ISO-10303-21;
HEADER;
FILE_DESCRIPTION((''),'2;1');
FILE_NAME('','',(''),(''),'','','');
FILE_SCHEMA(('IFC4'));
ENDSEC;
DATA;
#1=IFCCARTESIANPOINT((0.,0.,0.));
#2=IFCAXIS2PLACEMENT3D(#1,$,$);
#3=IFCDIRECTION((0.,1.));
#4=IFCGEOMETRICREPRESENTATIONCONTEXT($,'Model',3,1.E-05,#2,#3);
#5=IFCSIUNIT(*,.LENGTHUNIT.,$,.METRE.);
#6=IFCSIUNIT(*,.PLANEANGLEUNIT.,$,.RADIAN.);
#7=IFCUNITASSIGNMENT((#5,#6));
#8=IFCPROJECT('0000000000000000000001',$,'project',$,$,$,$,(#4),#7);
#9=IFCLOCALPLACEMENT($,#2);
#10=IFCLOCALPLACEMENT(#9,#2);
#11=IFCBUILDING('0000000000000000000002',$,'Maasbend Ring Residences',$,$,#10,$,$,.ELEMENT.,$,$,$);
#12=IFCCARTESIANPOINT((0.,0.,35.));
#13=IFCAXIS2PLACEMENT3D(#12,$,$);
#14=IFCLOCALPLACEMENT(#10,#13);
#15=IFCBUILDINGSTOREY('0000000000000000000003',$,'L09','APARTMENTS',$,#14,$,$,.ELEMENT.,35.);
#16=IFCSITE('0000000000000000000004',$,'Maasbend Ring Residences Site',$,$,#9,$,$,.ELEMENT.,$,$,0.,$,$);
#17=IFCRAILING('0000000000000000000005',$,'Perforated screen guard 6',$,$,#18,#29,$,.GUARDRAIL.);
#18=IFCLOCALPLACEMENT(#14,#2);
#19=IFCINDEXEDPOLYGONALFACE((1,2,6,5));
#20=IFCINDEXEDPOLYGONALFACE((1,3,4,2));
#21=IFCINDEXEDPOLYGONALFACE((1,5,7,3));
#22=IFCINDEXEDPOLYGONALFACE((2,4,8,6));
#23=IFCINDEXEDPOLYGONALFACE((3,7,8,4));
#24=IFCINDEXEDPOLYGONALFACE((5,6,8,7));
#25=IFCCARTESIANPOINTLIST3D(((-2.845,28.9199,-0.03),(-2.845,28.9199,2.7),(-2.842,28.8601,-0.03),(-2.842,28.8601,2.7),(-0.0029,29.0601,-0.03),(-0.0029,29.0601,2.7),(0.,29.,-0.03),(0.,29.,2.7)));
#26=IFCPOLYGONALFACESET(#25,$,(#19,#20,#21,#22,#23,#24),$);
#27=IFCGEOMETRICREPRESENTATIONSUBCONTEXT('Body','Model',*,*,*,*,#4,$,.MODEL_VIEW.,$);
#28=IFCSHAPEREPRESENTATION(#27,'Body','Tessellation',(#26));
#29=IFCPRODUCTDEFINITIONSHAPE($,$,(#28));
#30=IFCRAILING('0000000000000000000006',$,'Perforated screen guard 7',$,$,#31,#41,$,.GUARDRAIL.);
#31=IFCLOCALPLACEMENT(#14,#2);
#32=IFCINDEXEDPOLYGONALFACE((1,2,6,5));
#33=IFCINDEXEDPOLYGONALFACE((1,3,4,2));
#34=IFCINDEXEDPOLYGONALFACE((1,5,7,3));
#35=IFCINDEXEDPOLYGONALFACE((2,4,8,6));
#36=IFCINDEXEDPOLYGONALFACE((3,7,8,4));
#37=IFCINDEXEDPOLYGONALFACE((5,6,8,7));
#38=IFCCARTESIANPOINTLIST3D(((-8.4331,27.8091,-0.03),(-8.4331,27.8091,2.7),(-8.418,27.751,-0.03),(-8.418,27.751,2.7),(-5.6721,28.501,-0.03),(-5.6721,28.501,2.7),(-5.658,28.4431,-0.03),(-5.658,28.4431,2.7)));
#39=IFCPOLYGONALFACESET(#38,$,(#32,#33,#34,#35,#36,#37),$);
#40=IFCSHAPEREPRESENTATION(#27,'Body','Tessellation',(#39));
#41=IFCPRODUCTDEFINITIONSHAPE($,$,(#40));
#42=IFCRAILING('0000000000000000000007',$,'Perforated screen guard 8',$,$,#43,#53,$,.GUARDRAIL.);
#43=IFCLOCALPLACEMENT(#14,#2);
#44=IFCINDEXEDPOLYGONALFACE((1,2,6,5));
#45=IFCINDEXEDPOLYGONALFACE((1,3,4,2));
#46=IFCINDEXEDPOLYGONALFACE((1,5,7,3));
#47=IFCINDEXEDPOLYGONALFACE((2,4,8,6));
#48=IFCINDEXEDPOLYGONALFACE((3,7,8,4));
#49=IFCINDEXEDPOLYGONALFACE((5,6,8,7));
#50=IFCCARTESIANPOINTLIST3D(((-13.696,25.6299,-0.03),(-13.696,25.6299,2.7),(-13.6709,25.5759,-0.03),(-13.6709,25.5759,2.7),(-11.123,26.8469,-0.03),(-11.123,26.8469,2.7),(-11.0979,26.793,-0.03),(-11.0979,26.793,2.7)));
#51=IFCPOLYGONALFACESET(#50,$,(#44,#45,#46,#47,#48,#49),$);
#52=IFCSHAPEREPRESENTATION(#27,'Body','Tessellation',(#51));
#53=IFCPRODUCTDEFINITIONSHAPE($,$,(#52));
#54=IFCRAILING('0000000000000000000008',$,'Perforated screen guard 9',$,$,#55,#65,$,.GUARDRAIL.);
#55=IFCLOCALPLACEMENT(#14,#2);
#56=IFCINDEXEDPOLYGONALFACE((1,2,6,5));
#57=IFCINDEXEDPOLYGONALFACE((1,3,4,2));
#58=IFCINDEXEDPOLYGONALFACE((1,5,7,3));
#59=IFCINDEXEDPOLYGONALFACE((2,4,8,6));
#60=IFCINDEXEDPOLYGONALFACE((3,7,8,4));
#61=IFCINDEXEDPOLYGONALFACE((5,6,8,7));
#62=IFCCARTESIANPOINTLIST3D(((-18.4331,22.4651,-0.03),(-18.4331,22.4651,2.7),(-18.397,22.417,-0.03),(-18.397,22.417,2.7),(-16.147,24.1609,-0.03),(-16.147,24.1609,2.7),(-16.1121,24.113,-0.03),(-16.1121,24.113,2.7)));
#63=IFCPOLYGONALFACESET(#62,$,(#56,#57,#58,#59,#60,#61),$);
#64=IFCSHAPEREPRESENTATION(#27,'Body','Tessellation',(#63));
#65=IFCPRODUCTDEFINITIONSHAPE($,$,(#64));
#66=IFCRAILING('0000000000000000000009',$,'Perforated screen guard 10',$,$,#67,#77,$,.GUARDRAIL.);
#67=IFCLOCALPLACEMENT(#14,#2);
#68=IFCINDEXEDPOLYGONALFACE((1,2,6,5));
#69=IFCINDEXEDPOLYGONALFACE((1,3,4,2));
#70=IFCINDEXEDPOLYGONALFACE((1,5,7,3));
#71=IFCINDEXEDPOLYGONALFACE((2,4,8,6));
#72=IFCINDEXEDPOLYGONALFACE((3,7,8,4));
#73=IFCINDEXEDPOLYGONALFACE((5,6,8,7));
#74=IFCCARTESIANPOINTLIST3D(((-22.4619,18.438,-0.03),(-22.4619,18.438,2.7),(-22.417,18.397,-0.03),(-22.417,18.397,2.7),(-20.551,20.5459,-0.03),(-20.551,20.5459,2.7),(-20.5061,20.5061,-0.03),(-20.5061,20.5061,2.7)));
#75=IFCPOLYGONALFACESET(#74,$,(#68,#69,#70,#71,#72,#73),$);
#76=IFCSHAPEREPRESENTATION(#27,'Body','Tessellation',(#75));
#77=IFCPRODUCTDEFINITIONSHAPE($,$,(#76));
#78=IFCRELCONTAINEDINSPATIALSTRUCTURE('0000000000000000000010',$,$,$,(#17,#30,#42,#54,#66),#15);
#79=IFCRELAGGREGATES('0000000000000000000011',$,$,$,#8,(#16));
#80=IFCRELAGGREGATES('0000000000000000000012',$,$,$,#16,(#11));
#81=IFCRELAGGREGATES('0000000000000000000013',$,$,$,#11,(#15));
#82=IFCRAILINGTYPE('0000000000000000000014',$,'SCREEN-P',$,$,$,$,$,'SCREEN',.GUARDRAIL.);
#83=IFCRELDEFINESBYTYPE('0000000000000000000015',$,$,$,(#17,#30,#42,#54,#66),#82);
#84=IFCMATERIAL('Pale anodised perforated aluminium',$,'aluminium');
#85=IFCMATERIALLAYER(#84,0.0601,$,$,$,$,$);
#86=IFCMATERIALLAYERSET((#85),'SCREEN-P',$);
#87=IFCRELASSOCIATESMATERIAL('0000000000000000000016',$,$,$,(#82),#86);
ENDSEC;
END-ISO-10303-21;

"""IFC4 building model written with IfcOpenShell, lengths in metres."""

from ifc_helpers import new_model, si_unit, direction, frame, origin, place, context, subcontext, project, spatial, polyline, outline, extrude, material, layer, layer_set, type_object, element, save


model = new_model("IFC4")

# Units and contexts
model_context = context("Model", 3, precision=1e-05, world=origin(), true_north=direction((0.0, 1.0)))
body_context = subcontext(model_context, "Body", "Model", "MODEL_VIEW")
ifc_project = project(units=[si_unit("LENGTHUNIT", "METRE"), si_unit("PLANEANGLEUNIT", "RADIAN")], contexts=[model_context])

# Site, building, storey
site_placement = place(None, origin())
site = spatial("IfcSite", under=ifc_project, at=site_placement, Name="Maasbend Ring Residences Site", CompositionType="ELEMENT", RefElevation=0.0)
building_placement = place(site_placement, origin())
building = spatial("IfcBuilding", under=site, at=building_placement, Name="Maasbend Ring Residences", CompositionType="ELEMENT")
storey_placement = place(building_placement, frame((0.0, 0.0, 35.0)))
storey = spatial("IfcBuildingStorey", under=building, at=storey_placement, Name="L09", Description="APARTMENTS", CompositionType="ELEMENT", Elevation=35.0)

# Railings
ifc_material_1 = material(Name="Pale anodised perforated aluminium", Category="aluminium")
ifc_layer_1 = layer(ifc_material_1, 0.0601)
ifc_layer_set_1 = layer_set([ifc_layer_1], Name="SCREEN-P")
railing_type = type_object("IfcRailingType", Name="SCREEN-P", ElementType="SCREEN", PredefinedType="GUARDRAIL", material=ifc_layer_set_1)
railing_1_placement = place(storey_placement, frame((0.0, 0.0, -0.03)))
element("IfcRailing", 1, at=railing_1_placement, inside=storey, type_object=railing_type, Name="Perforated screen guard 6", PredefinedType="GUARDRAIL", context=body_context, shape_type="SweptSolid", body=[
    extrude(outline(polyline([(0.0, 29.0), (-2.842, 28.8601), (-2.845, 28.9199), (-0.0029, 29.0601), (0.0, 29.0)])), origin(), (0.0, 0.0, 1.0), 2.73),
])
railing_2_placement = place(storey_placement, frame((0.0, 0.0, -0.03)))
element("IfcRailing", 2, at=railing_2_placement, inside=storey, type_object=railing_type, Name="Perforated screen guard 7", PredefinedType="GUARDRAIL", context=body_context, shape_type="SweptSolid", body=[
    extrude(outline(polyline([(-5.658, 28.4431), (-8.418, 27.751), (-8.4331, 27.8091), (-5.6721, 28.501), (-5.658, 28.4431)])), origin(), (0.0, 0.0, 1.0), 2.73),
])
railing_3_placement = place(storey_placement, frame((0.0, 0.0, -0.03)))
element("IfcRailing", 3, at=railing_3_placement, inside=storey, type_object=railing_type, Name="Perforated screen guard 8", PredefinedType="GUARDRAIL", context=body_context, shape_type="SweptSolid", body=[
    extrude(outline(polyline([(-11.0979, 26.793), (-13.6709, 25.5759), (-13.696, 25.6299), (-11.123, 26.8469), (-11.0979, 26.793)])), origin(), (0.0, 0.0, 1.0), 2.73),
])
railing_4_placement = place(storey_placement, frame((0.0, 0.0, -0.03)))
element("IfcRailing", 4, at=railing_4_placement, inside=storey, type_object=railing_type, Name="Perforated screen guard 9", PredefinedType="GUARDRAIL", context=body_context, shape_type="SweptSolid", body=[
    extrude(outline(polyline([(-16.1121, 24.113), (-18.397, 22.417), (-18.4331, 22.4651), (-16.147, 24.1609), (-16.1121, 24.113)])), origin(), (0.0, 0.0, 1.0), 2.73),
])
railing_5_placement = place(storey_placement, frame((0.0, 0.0, -0.03)))
element("IfcRailing", 5, at=railing_5_placement, inside=storey, type_object=railing_type, Name="Perforated screen guard 10", PredefinedType="GUARDRAIL", context=body_context, shape_type="SweptSolid", body=[
    extrude(outline(polyline([(-20.5061, 20.5061), (-22.417, 18.397), (-22.4619, 18.438), (-20.551, 20.5459), (-20.5061, 20.5061)])), origin(), (0.0, 0.0, 1.0), 2.73),
])

save(model, "model.ifc")
